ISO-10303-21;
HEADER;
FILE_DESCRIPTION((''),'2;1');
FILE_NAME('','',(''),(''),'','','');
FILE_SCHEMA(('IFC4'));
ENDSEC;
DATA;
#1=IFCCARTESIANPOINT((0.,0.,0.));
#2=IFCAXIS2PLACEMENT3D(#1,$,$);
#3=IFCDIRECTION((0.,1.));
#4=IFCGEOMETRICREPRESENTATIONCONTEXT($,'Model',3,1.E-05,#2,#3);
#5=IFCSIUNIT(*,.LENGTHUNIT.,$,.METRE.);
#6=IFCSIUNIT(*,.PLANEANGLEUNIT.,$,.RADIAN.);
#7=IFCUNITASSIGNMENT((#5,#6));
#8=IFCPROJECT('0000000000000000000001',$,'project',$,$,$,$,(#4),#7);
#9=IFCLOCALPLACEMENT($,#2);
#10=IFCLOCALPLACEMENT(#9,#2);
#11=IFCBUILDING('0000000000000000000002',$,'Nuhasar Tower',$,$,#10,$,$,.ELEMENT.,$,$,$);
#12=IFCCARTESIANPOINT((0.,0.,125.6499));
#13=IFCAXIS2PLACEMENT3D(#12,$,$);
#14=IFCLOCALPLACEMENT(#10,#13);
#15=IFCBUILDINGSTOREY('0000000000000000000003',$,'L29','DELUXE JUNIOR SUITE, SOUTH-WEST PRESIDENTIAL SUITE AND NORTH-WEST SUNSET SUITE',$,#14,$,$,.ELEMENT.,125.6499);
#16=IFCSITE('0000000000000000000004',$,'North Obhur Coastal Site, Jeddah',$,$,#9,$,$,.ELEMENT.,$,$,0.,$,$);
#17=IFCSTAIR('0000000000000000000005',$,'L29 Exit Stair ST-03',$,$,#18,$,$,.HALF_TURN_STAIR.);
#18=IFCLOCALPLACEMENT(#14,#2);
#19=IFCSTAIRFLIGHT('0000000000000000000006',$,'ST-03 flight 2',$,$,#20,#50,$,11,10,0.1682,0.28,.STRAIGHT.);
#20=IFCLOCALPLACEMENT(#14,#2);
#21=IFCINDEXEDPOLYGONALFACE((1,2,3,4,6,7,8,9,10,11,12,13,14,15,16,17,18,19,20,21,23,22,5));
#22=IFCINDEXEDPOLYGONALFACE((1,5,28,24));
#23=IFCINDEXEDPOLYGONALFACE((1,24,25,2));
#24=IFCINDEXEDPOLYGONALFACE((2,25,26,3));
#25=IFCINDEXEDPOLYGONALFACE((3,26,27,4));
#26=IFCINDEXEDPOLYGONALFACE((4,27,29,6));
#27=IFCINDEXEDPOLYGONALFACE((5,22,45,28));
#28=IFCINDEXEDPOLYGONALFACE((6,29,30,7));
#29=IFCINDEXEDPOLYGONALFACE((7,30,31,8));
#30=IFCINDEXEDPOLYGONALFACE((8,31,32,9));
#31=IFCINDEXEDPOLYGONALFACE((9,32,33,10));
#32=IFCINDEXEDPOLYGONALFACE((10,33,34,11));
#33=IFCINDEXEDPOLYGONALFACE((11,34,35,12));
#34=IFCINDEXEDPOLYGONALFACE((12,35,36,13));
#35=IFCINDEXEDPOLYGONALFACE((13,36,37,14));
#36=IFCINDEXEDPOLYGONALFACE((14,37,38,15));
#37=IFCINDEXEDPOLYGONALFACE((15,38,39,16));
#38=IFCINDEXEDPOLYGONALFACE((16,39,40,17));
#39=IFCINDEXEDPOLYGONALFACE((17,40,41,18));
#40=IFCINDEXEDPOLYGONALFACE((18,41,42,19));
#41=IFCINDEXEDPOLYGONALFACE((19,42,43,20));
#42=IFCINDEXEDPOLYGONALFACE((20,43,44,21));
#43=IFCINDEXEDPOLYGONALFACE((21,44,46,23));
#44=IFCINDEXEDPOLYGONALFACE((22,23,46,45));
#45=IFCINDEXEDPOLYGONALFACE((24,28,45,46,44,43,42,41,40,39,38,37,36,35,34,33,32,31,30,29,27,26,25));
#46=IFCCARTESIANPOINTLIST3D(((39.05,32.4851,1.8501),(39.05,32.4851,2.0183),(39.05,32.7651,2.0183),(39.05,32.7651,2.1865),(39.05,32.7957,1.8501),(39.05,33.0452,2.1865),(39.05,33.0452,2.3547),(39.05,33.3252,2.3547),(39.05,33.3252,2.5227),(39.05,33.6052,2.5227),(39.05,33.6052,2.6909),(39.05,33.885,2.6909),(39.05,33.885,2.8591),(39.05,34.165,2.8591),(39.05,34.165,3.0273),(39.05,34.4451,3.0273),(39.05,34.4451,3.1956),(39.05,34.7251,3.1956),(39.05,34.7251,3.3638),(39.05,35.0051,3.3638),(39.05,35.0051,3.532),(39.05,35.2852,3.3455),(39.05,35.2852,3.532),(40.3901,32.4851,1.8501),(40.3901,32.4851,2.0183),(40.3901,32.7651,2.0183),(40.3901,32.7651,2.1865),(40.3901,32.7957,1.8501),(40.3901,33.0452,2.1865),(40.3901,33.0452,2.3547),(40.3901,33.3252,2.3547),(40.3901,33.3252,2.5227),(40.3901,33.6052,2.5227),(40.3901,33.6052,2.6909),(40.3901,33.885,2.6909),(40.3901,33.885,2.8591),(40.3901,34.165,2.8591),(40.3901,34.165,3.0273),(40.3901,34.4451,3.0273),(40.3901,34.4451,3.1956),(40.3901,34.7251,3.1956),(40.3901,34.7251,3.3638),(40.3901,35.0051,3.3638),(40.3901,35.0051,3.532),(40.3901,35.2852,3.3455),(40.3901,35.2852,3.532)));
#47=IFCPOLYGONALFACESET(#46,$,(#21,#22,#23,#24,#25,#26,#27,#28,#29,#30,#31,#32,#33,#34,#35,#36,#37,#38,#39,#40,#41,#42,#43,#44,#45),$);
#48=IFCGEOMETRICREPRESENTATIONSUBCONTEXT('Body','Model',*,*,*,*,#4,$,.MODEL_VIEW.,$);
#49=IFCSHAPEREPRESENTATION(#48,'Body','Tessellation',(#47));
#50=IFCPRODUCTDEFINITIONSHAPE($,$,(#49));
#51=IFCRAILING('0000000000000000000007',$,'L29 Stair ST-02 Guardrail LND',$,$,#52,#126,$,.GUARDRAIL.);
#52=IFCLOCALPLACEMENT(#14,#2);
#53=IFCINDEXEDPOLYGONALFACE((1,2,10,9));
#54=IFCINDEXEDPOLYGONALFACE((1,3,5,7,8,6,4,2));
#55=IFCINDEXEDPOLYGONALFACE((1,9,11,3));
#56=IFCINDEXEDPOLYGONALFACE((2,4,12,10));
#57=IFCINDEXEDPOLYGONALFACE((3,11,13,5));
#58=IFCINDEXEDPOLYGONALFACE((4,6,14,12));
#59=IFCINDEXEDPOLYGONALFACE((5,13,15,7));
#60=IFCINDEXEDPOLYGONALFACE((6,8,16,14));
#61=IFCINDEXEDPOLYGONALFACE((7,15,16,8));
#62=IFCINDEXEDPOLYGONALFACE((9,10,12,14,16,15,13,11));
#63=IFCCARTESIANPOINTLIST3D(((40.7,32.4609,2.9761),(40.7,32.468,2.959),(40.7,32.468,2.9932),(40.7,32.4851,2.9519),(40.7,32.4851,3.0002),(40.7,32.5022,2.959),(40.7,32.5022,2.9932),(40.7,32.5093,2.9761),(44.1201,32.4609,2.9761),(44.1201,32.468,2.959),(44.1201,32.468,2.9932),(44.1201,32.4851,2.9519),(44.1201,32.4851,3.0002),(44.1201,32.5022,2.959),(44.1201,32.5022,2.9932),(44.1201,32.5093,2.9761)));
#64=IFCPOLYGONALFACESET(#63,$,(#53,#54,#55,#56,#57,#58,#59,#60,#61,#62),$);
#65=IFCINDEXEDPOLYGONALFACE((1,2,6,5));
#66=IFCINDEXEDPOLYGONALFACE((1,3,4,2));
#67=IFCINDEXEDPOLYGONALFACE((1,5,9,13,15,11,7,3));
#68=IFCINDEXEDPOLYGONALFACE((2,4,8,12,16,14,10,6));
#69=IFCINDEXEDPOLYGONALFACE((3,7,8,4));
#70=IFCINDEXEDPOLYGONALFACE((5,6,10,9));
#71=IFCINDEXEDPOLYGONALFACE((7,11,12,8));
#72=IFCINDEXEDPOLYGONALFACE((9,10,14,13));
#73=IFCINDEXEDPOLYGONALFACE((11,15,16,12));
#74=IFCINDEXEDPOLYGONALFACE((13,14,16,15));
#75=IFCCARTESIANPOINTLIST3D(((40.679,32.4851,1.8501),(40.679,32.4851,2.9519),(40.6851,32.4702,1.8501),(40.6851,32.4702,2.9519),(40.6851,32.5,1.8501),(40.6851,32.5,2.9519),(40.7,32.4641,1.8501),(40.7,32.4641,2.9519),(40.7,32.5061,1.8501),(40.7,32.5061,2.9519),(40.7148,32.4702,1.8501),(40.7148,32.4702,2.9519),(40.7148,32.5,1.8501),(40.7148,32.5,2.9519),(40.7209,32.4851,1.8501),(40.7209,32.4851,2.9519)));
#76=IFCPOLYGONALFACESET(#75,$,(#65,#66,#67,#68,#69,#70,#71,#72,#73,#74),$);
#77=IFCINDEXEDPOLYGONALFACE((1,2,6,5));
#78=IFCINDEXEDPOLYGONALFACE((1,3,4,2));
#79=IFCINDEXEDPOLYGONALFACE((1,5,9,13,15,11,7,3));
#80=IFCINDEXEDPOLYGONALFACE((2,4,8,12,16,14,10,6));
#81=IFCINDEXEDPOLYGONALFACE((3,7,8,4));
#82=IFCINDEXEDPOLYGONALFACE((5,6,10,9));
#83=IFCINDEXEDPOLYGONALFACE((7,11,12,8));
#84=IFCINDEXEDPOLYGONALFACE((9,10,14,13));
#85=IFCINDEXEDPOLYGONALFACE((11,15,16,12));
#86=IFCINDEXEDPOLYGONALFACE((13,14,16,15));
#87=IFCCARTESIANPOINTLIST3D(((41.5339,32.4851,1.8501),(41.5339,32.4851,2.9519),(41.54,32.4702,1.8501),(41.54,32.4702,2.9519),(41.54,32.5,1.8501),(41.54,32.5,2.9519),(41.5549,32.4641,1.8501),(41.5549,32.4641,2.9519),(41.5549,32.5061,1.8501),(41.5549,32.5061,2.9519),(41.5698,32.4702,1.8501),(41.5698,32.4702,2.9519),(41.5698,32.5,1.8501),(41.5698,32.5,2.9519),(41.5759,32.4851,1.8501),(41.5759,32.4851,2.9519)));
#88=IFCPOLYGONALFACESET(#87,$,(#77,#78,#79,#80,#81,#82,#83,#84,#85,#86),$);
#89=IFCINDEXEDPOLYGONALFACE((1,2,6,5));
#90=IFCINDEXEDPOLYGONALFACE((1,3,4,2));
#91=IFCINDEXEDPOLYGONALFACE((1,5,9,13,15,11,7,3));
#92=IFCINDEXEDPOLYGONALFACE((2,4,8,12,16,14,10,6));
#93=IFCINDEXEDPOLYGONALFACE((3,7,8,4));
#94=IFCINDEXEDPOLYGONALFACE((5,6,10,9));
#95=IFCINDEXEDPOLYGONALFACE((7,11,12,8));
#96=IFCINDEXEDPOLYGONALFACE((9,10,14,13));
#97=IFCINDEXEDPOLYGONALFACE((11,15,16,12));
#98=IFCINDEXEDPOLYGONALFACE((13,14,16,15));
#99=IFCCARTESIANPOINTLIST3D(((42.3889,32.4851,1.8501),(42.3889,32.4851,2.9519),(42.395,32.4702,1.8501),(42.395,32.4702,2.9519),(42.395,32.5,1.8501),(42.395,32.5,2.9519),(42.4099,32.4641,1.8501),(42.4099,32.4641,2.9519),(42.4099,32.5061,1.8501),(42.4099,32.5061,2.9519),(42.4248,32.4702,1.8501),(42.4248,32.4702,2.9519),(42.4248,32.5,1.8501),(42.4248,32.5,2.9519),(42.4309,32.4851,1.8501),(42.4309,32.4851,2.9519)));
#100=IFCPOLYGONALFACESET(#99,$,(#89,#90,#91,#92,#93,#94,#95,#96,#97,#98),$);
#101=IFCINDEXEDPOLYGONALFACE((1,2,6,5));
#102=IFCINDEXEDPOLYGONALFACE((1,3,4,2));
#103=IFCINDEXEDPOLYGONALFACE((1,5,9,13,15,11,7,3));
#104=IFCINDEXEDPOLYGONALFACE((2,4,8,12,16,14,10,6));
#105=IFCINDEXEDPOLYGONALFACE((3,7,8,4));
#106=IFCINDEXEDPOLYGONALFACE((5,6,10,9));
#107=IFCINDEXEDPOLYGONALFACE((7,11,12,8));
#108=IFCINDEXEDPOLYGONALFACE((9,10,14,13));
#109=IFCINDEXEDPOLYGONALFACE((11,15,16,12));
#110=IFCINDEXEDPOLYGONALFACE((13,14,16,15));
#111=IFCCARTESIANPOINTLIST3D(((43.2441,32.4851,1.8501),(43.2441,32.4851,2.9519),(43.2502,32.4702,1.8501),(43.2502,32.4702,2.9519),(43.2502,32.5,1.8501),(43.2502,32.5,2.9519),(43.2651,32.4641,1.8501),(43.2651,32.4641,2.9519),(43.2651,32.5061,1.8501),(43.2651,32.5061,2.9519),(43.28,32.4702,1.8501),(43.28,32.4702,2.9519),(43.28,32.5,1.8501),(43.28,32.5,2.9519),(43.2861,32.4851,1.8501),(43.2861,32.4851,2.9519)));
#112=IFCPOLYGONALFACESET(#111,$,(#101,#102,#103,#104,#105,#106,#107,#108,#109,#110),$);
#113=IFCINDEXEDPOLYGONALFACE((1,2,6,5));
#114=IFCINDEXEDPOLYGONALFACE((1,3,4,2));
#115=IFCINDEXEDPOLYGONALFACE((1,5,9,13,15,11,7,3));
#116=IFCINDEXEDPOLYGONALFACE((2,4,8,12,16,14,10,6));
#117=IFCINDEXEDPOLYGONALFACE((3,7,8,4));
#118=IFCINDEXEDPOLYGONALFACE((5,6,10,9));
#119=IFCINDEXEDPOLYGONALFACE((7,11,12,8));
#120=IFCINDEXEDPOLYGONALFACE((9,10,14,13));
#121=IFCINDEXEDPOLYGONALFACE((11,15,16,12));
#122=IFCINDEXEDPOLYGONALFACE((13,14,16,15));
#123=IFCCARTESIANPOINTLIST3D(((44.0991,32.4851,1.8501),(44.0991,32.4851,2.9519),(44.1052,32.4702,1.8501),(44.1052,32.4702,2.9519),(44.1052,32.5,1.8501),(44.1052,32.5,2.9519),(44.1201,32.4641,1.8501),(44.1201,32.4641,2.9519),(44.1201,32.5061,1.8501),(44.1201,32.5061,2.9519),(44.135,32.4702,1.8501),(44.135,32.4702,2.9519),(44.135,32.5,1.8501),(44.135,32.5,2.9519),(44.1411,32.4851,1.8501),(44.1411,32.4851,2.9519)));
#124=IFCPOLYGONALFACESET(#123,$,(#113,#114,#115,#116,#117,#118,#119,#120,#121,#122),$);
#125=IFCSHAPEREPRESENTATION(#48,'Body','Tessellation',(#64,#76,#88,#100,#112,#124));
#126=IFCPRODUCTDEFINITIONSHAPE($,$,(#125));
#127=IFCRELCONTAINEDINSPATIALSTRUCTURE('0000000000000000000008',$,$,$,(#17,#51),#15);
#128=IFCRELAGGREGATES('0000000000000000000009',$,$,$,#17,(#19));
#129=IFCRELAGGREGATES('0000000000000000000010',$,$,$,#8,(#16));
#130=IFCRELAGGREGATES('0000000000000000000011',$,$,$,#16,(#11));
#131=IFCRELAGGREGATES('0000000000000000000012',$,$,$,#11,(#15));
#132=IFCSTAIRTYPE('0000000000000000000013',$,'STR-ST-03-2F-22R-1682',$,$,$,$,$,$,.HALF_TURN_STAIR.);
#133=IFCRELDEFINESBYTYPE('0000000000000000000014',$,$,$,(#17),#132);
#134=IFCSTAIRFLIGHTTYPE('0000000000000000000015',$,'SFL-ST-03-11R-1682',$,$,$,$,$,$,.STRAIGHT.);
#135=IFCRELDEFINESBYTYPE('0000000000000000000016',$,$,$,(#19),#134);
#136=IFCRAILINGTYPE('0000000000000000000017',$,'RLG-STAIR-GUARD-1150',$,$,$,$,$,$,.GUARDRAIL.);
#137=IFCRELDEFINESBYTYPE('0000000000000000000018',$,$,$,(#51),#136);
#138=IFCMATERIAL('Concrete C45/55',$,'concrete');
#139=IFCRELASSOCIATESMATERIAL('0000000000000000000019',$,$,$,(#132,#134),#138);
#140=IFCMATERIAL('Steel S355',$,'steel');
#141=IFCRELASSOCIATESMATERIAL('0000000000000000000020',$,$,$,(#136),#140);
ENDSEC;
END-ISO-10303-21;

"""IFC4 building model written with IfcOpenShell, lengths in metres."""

from ifc_helpers import new_model, si_unit, direction, frame, origin, place, context, subcontext, project, spatial, polyline, outline, extrude, material, type_object, element, aggregate, save


model = new_model("IFC4")

# Units and contexts
model_context = context("Model", 3, precision=1e-05, world=origin(), true_north=direction((0.0, 1.0)))
body_context = subcontext(model_context, "Body", "Model", "MODEL_VIEW")
ifc_project = project(units=[si_unit("LENGTHUNIT", "METRE"), si_unit("PLANEANGLEUNIT", "RADIAN")], contexts=[model_context])

# Site, building, storey
site_placement = place(None, origin())
site = spatial("IfcSite", under=ifc_project, at=site_placement, Name="North Obhur Coastal Site, Jeddah", CompositionType="ELEMENT", RefElevation=0.0)
building_placement = place(site_placement, origin())
building = spatial("IfcBuilding", under=site, at=building_placement, Name="Nuhasar Tower", CompositionType="ELEMENT")
storey_placement = place(building_placement, frame((0.0, 0.0, 125.6499)))
storey = spatial("IfcBuildingStorey", under=building, at=storey_placement, Name="L29", Description="DELUXE JUNIOR SUITE, SOUTH-WEST PRESIDENTIAL SUITE AND NORTH-WEST SUNSET SUITE", CompositionType="ELEMENT", Elevation=125.6499)

# Shared definitions
ifc_material_1 = material(Name="Steel S355", Category="steel")

# Shared definitions
ifc_material_2 = material(Name="Concrete C45/55", Category="concrete")

# Stair, stair flight
stair_type_1 = type_object("IfcStairType", Name="STR-ST-03-2F-22R-1682", PredefinedType="HALF_TURN_STAIR", material=ifc_material_2)
stair_1_placement = place(storey_placement, origin())
stair_1 = element("IfcStair", 1, at=stair_1_placement, inside=storey, type_object=stair_type_1, Name="L29 Exit Stair ST-03", PredefinedType="HALF_TURN_STAIR")
stair_flight_type_1 = type_object("IfcStairFlightType", Name="SFL-ST-03-11R-1682", PredefinedType="STRAIGHT", material=ifc_material_2)
stair_flight_1_placement = place(storey_placement, frame((39.72, 32.4851, 1.8501), z_axis=(0.0, 0.0, 1.0), x_axis=(0.0, 1.0, 0.0)))
stair_flight_1 = element("IfcStairFlight", 2, at=stair_flight_1_placement, type_object=stair_flight_type_1, Name="ST-03 flight 2", NumberOfRisers=11, NumberOfTreads=10, PredefinedType="STRAIGHT", RiserHeight=0.1682, TreadLength=0.28, context=body_context, shape_type="SweptSolid", body=[
    extrude(outline(polyline([(0.0, 0.0), (0.0, 0.1682), (0.28, 0.1682), (0.28, 0.3364), (0.5601, 0.3364), (0.5601, 0.5046), (0.8401, 0.5046), (0.8401, 0.6726), (1.1201, 0.6726), (1.1201, 0.8408), (1.3999, 0.8408), (1.3999, 1.009), (1.6799, 1.009), (1.6799, 1.1772), (1.96, 1.1772), (1.96, 1.3455), (2.24, 1.3455), (2.24, 1.5137), (2.52, 1.5137), (2.52, 1.6819), (2.8, 1.6819), (2.8, 1.8501), (2.8, 1.4954), (0.3105, 0.0), (0.0, 0.0)])), frame((0.0, 0.6699, 0.0), z_axis=(0.0, -1.0, 0.0), x_axis=(1.0, 0.0, 0.0)), (0.0, 0.0, 1.0), 1.3401),
])
aggregate(stair_1, [stair_flight_1])

# Railing
railing_type_1 = type_object("IfcRailingType", Name="RLG-STAIR-GUARD-1150", PredefinedType="GUARDRAIL", material=ifc_material_1)
railing_1_placement = place(storey_placement, frame((40.7, 32.4851, 1.8501)))
element("IfcRailing", 3, at=railing_1_placement, inside=storey, type_object=railing_type_1, Name="L29 Stair ST-02 Guardrail LND", PredefinedType="GUARDRAIL", context=body_context, shape_type="SweptSolid", body=[
    extrude(outline(polyline([(0.0242, 0.0), (0.0171, 0.0171), (0.0, 0.0242), (-0.0171, 0.0171), (-0.0242, 0.0), (-0.0171, -0.0171), (0.0, -0.0242), (0.0171, -0.0171), (0.0242, 0.0)])), frame((0.0, 0.0, 1.126), z_axis=(1.0, 0.0, 0.0), x_axis=(0.0, 1.0, 0.0)), (0.0, 0.0, 1.0), 3.4202),
    extrude(outline(polyline([(0.021, 0.0), (0.0149, 0.0149), (0.0, 0.021), (-0.0149, 0.0149), (-0.021, 0.0), (-0.0149, -0.0149), (0.0, -0.021), (0.0149, -0.0149), (0.021, 0.0)])), origin(), (0.0, 0.0, 1.0), 1.1018),
    extrude(outline(polyline([(0.021, 0.0), (0.0149, 0.0149), (0.0, 0.021), (-0.0149, 0.0149), (-0.021, 0.0), (-0.0149, -0.0149), (0.0, -0.021), (0.0149, -0.0149), (0.021, 0.0)])), frame((0.855, 0.0, 0.0)), (0.0, 0.0, 1.0), 1.1018),
    extrude(outline(polyline([(0.021, 0.0), (0.0149, 0.0149), (0.0, 0.021), (-0.0149, 0.0149), (-0.021, 0.0), (-0.0149, -0.0149), (0.0, -0.021), (0.0149, -0.0149), (0.021, 0.0)])), frame((1.71, 0.0, 0.0)), (0.0, 0.0, 1.0), 1.1018),
    extrude(outline(polyline([(0.021, 0.0), (0.0149, 0.0149), (0.0, 0.021), (-0.0149, 0.0149), (-0.021, 0.0), (-0.0149, -0.0149), (0.0, -0.021), (0.0149, -0.0149), (0.021, 0.0)])), frame((2.5652, 0.0, 0.0)), (0.0, 0.0, 1.0), 1.1018),
    extrude(outline(polyline([(0.021, 0.0), (0.0149, 0.0149), (0.0, 0.021), (-0.0149, 0.0149), (-0.021, 0.0), (-0.0149, -0.0149), (0.0, -0.021), (0.0149, -0.0149), (0.021, 0.0)])), frame((3.4202, 0.0, 0.0)), (0.0, 0.0, 1.0), 1.1018),
])

save(model, "model.ifc")
